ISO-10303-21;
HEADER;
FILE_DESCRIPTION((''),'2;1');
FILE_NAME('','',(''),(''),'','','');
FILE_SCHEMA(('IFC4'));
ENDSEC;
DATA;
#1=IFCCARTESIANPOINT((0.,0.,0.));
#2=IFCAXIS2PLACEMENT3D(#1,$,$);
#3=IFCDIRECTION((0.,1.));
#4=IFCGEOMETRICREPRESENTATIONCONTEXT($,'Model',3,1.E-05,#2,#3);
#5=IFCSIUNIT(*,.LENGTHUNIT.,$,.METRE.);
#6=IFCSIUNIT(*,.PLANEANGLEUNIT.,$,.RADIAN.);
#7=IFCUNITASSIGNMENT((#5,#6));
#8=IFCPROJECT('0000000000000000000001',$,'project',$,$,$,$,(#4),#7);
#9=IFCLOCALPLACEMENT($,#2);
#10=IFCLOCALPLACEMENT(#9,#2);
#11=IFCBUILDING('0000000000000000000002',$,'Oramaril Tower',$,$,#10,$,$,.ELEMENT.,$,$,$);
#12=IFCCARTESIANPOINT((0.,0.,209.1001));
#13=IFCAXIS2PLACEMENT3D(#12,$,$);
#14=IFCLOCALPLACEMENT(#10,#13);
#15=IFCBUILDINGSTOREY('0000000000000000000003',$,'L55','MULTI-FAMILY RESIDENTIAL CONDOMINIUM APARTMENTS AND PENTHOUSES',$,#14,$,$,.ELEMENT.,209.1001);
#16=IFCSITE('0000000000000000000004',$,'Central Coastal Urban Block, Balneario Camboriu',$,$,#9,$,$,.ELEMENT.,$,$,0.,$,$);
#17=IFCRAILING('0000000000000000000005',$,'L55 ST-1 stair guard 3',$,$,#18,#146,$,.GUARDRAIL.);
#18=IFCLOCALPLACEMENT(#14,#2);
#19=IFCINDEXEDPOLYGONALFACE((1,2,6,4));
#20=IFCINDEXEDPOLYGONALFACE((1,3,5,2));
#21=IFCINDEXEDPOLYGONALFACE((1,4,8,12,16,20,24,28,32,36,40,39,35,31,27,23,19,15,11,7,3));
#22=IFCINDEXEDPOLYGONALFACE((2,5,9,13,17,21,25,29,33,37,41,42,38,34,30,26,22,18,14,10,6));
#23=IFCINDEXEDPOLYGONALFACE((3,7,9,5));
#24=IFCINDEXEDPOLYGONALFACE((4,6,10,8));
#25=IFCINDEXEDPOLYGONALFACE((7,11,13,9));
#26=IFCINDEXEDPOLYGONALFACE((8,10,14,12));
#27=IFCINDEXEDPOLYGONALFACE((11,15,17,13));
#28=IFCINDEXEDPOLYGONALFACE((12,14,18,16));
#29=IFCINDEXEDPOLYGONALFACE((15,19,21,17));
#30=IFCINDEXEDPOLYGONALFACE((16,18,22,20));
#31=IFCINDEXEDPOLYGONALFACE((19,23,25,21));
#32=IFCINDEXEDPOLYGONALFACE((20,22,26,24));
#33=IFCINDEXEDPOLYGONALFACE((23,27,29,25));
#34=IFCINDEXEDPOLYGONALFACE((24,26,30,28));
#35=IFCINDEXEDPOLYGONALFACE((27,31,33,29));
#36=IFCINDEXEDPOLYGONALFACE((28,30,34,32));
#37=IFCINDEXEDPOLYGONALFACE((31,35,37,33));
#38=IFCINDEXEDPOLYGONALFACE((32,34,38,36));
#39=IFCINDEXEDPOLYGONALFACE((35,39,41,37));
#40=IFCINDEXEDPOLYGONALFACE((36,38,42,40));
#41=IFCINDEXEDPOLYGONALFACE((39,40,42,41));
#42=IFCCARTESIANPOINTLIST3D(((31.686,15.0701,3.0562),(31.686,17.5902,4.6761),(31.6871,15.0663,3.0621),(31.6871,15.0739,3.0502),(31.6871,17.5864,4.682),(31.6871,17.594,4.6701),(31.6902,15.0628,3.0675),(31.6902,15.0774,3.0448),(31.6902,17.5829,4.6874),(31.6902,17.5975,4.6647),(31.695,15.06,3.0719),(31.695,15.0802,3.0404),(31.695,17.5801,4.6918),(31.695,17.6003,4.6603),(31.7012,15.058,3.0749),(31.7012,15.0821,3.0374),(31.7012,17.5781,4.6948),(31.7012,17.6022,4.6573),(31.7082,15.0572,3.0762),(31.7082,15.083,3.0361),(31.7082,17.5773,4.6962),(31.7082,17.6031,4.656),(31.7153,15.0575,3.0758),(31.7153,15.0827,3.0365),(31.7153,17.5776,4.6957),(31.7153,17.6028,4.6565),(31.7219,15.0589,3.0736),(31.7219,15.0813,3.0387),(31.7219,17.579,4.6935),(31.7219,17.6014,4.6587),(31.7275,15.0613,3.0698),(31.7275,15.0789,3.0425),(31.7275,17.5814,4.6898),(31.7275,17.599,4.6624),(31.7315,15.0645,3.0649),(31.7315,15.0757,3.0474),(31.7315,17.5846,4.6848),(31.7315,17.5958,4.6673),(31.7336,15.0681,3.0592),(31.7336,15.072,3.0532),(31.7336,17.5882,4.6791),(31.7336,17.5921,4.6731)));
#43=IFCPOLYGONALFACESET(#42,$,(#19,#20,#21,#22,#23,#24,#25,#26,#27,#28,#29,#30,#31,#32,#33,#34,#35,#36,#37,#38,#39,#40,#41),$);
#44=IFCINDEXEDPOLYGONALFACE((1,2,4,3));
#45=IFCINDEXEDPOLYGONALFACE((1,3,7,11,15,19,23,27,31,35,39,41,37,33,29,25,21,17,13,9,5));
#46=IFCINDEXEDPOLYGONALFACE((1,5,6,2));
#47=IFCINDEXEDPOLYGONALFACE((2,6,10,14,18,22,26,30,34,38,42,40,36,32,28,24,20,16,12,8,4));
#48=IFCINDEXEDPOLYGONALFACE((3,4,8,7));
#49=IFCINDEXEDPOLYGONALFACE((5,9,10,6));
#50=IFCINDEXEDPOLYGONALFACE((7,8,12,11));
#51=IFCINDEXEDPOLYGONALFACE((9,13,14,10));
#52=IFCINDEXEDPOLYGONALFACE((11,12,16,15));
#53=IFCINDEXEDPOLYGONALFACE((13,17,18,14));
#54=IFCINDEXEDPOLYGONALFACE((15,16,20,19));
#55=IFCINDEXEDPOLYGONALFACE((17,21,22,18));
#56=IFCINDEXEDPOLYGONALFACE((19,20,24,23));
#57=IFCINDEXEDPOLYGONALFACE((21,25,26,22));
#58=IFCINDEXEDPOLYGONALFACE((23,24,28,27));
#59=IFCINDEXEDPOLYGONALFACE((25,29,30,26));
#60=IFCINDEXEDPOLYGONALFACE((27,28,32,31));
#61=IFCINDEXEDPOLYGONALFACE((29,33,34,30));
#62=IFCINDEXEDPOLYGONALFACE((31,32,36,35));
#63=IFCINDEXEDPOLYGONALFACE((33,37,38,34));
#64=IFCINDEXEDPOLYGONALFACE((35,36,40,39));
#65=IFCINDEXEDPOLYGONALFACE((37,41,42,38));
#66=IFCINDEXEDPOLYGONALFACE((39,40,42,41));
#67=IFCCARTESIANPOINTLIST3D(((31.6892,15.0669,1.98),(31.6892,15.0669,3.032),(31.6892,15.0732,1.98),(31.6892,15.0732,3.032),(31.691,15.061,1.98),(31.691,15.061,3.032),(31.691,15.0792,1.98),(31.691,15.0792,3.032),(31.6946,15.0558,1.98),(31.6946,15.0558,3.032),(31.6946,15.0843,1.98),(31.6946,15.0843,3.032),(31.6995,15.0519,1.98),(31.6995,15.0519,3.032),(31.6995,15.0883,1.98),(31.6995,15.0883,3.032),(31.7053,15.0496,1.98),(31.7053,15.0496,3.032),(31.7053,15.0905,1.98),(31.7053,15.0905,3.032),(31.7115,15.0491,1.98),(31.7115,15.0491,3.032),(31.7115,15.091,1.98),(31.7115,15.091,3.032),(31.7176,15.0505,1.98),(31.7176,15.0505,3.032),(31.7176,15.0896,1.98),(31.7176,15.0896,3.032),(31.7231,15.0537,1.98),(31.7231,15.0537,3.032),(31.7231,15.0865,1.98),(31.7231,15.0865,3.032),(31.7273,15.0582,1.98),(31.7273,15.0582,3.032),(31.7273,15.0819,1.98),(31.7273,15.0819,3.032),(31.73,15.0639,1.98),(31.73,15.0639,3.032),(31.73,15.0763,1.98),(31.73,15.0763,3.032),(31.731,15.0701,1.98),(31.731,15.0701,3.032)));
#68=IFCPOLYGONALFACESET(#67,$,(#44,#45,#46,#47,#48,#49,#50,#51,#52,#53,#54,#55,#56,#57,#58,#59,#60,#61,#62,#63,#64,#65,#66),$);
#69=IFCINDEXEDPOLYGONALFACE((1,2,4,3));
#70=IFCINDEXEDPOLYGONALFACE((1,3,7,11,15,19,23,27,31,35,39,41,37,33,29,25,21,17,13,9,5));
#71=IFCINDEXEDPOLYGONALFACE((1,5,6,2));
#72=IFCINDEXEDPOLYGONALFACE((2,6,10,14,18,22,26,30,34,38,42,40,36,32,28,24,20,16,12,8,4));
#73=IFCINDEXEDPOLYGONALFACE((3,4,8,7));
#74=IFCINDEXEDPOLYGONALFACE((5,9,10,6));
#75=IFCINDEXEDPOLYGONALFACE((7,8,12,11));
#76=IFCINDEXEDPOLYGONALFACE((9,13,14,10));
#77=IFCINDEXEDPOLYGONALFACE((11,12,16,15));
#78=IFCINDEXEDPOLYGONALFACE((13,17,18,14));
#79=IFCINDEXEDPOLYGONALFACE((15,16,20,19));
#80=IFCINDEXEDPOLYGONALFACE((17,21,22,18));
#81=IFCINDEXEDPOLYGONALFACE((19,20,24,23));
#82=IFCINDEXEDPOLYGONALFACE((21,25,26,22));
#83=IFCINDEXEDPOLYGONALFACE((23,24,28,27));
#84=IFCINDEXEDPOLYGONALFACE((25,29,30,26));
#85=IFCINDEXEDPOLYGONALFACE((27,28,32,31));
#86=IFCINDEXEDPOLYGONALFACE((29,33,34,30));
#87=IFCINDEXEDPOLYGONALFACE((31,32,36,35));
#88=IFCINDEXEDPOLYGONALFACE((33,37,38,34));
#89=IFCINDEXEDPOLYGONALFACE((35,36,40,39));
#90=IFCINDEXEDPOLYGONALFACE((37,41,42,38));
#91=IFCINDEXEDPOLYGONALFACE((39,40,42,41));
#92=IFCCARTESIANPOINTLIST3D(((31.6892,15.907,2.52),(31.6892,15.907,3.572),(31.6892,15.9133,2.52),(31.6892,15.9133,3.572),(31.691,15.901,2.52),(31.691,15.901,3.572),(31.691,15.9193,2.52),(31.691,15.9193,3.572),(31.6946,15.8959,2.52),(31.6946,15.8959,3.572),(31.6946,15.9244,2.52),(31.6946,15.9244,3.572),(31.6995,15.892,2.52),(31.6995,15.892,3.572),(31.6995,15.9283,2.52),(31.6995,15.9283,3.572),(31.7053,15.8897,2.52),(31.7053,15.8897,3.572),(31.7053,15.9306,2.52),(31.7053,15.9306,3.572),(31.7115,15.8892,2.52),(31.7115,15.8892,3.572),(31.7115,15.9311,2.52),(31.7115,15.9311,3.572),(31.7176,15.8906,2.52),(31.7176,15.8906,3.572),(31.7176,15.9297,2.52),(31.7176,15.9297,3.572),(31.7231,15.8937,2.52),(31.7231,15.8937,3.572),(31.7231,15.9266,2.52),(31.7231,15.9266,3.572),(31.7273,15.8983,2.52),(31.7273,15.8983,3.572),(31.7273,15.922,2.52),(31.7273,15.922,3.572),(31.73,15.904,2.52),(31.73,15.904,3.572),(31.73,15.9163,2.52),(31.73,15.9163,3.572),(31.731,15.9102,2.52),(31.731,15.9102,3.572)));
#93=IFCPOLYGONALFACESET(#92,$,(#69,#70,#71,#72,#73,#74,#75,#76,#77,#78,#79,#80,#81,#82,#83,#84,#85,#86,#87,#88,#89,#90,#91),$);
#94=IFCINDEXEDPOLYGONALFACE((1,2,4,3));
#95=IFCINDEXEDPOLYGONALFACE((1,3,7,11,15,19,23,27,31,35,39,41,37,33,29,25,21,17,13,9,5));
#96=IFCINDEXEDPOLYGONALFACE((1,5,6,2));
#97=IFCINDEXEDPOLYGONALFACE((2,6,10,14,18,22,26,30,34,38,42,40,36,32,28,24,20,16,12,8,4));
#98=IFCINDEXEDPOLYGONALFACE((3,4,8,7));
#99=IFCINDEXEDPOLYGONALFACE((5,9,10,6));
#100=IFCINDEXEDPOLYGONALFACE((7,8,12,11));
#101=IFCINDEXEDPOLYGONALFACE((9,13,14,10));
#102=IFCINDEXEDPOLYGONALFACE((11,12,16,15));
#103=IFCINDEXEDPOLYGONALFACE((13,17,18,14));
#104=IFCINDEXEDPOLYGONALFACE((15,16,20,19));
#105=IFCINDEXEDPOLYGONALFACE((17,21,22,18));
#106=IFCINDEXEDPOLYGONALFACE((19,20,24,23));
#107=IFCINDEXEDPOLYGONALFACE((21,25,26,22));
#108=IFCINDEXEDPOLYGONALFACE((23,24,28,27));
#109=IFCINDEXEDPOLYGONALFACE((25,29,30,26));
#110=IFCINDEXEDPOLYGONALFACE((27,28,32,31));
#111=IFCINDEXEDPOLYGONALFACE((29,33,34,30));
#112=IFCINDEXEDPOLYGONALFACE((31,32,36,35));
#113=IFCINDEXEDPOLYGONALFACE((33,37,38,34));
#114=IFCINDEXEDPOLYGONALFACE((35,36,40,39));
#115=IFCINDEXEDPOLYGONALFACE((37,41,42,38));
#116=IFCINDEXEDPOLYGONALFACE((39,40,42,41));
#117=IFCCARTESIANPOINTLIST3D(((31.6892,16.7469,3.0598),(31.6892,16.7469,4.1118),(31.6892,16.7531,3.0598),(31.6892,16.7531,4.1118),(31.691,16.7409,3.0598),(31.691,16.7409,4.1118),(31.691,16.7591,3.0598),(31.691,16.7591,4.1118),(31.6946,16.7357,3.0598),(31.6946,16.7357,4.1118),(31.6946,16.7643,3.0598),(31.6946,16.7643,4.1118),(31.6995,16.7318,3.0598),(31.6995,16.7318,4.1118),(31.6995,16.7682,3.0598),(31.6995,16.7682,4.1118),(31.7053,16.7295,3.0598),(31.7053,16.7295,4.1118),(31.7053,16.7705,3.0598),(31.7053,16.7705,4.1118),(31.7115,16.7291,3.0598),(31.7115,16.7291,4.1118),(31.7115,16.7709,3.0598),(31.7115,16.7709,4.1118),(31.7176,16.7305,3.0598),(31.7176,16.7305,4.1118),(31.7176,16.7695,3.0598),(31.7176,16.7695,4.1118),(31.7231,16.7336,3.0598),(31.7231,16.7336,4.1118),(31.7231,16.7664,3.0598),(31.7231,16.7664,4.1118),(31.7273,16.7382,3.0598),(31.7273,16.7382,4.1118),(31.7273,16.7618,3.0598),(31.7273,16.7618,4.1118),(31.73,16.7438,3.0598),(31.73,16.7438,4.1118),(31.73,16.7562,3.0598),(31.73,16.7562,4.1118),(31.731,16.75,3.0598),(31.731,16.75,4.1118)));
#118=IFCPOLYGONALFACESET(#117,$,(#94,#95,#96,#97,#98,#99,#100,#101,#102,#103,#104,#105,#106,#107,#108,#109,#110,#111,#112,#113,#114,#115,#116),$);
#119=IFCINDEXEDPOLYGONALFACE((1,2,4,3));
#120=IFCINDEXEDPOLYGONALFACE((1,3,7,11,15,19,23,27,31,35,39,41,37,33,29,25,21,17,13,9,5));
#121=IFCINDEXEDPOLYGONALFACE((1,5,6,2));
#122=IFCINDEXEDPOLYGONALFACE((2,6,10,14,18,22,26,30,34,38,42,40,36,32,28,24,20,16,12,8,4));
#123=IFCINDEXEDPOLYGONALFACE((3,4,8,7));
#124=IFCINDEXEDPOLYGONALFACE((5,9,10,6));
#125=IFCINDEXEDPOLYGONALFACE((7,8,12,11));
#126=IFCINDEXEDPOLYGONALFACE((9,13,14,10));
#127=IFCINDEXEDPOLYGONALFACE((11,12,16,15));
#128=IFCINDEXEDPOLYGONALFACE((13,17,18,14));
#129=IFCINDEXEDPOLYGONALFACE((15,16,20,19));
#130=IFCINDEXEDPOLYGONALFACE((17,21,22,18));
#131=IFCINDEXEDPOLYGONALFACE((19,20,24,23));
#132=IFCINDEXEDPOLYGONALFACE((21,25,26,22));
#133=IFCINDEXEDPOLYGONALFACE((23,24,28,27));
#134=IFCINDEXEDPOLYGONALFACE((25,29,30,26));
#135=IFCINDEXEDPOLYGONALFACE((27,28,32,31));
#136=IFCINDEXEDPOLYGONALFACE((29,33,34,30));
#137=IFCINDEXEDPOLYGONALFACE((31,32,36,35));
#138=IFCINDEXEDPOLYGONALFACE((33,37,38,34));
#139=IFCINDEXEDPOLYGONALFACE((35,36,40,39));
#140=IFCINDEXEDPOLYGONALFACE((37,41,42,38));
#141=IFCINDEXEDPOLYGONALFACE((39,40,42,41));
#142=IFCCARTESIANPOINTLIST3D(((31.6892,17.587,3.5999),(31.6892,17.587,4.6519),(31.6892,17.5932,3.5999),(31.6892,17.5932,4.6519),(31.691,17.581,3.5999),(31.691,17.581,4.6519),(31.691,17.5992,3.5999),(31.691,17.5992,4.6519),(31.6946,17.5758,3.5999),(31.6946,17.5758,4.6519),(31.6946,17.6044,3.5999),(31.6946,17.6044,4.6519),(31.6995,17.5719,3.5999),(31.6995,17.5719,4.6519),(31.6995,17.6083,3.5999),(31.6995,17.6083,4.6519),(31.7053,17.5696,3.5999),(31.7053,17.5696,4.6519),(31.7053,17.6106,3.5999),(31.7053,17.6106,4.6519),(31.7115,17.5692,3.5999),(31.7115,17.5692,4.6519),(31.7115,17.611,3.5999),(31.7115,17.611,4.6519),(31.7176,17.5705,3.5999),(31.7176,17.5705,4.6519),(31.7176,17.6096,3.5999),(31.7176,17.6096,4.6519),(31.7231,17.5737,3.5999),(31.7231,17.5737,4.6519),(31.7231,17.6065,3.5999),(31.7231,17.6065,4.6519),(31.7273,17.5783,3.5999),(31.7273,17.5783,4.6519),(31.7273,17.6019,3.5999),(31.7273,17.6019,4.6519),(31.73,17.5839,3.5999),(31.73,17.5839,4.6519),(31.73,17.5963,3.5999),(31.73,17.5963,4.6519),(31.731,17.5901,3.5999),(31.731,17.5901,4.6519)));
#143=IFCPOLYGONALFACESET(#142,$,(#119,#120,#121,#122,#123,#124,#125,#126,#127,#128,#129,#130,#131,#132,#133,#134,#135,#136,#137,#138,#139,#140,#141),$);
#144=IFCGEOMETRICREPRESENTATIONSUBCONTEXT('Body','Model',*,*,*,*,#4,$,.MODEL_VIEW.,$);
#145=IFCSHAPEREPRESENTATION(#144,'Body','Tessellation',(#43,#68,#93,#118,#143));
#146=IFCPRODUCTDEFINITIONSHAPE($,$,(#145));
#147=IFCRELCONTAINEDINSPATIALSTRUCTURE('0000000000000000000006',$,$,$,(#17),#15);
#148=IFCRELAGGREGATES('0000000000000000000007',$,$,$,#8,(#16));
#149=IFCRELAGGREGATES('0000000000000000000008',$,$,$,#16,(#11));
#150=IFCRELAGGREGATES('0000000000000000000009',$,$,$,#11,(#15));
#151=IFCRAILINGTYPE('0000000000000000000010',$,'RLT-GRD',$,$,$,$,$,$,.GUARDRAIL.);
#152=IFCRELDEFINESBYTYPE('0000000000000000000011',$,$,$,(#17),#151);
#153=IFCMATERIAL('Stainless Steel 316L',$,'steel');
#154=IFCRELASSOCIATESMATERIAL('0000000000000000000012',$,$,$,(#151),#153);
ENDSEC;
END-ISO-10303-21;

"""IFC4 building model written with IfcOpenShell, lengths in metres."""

from ifc_helpers import new_model, si_unit, direction, frame, origin, origin_2d, place, context, subcontext, project, spatial, circle, extrude, material, type_object, element, save


model = new_model("IFC4")

# Units and contexts
model_context = context("Model", 3, precision=1e-05, world=origin(), true_north=direction((0.0, 1.0)))
body_context = subcontext(model_context, "Body", "Model", "MODEL_VIEW")
ifc_project = project(units=[si_unit("LENGTHUNIT", "METRE"), si_unit("PLANEANGLEUNIT", "RADIAN")], contexts=[model_context])

# Site, building, storey
site_placement = place(None, origin())
site = spatial("IfcSite", under=ifc_project, at=site_placement, Name="Central Coastal Urban Block, Balneario Camboriu", CompositionType="ELEMENT", RefElevation=0.0)
building_placement = place(site_placement, origin())
building = spatial("IfcBuilding", under=site, at=building_placement, Name="Oramaril Tower", CompositionType="ELEMENT")
storey_placement = place(building_placement, frame((0.0, 0.0, 209.1001)))
storey = spatial("IfcBuildingStorey", under=building, at=storey_placement, Name="L55", Description="MULTI-FAMILY RESIDENTIAL CONDOMINIUM APARTMENTS AND PENTHOUSES", CompositionType="ELEMENT", Elevation=209.1001)

# Railing
ifc_material_1 = material(Name="Stainless Steel 316L", Category="steel")
railing_type_1 = type_object("IfcRailingType", Name="RLT-GRD", PredefinedType="GUARDRAIL", material=ifc_material_1)
railing_1_placement = place(storey_placement, frame((31.71, 15.0701, 1.98)))
element("IfcRailing", 1, at=railing_1_placement, inside=storey, type_object=railing_type_1, Name="L55 ST-1 stair guard 3", PredefinedType="GUARDRAIL", context=body_context, shape_type="SweptSolid", body=[
    extrude(circle(Radius=0.0239, at=origin_2d()), frame((0.0, 0.0, 1.0762), z_axis=(0.0, 0.8412, 0.540725), x_axis=(-1.0, 0.0, 0.0)), (0.0, 0.0, 1.0), 2.9958),
    extrude(circle(Radius=0.021, at=origin_2d()), origin(), (0.0, 0.0, 1.0), 1.052),
    extrude(circle(Radius=0.021, at=origin_2d()), frame((0.0, 0.8401, 0.54)), (0.0, 0.0, 1.0), 1.052),
    extrude(circle(Radius=0.021, at=origin_2d()), frame((0.0, 1.6799, 1.0798)), (0.0, 0.0, 1.0), 1.052),
    extrude(circle(Radius=0.021, at=origin_2d()), frame((0.0, 2.52, 1.6199)), (0.0, 0.0, 1.0), 1.052),
])

save(model, "model.ifc")
